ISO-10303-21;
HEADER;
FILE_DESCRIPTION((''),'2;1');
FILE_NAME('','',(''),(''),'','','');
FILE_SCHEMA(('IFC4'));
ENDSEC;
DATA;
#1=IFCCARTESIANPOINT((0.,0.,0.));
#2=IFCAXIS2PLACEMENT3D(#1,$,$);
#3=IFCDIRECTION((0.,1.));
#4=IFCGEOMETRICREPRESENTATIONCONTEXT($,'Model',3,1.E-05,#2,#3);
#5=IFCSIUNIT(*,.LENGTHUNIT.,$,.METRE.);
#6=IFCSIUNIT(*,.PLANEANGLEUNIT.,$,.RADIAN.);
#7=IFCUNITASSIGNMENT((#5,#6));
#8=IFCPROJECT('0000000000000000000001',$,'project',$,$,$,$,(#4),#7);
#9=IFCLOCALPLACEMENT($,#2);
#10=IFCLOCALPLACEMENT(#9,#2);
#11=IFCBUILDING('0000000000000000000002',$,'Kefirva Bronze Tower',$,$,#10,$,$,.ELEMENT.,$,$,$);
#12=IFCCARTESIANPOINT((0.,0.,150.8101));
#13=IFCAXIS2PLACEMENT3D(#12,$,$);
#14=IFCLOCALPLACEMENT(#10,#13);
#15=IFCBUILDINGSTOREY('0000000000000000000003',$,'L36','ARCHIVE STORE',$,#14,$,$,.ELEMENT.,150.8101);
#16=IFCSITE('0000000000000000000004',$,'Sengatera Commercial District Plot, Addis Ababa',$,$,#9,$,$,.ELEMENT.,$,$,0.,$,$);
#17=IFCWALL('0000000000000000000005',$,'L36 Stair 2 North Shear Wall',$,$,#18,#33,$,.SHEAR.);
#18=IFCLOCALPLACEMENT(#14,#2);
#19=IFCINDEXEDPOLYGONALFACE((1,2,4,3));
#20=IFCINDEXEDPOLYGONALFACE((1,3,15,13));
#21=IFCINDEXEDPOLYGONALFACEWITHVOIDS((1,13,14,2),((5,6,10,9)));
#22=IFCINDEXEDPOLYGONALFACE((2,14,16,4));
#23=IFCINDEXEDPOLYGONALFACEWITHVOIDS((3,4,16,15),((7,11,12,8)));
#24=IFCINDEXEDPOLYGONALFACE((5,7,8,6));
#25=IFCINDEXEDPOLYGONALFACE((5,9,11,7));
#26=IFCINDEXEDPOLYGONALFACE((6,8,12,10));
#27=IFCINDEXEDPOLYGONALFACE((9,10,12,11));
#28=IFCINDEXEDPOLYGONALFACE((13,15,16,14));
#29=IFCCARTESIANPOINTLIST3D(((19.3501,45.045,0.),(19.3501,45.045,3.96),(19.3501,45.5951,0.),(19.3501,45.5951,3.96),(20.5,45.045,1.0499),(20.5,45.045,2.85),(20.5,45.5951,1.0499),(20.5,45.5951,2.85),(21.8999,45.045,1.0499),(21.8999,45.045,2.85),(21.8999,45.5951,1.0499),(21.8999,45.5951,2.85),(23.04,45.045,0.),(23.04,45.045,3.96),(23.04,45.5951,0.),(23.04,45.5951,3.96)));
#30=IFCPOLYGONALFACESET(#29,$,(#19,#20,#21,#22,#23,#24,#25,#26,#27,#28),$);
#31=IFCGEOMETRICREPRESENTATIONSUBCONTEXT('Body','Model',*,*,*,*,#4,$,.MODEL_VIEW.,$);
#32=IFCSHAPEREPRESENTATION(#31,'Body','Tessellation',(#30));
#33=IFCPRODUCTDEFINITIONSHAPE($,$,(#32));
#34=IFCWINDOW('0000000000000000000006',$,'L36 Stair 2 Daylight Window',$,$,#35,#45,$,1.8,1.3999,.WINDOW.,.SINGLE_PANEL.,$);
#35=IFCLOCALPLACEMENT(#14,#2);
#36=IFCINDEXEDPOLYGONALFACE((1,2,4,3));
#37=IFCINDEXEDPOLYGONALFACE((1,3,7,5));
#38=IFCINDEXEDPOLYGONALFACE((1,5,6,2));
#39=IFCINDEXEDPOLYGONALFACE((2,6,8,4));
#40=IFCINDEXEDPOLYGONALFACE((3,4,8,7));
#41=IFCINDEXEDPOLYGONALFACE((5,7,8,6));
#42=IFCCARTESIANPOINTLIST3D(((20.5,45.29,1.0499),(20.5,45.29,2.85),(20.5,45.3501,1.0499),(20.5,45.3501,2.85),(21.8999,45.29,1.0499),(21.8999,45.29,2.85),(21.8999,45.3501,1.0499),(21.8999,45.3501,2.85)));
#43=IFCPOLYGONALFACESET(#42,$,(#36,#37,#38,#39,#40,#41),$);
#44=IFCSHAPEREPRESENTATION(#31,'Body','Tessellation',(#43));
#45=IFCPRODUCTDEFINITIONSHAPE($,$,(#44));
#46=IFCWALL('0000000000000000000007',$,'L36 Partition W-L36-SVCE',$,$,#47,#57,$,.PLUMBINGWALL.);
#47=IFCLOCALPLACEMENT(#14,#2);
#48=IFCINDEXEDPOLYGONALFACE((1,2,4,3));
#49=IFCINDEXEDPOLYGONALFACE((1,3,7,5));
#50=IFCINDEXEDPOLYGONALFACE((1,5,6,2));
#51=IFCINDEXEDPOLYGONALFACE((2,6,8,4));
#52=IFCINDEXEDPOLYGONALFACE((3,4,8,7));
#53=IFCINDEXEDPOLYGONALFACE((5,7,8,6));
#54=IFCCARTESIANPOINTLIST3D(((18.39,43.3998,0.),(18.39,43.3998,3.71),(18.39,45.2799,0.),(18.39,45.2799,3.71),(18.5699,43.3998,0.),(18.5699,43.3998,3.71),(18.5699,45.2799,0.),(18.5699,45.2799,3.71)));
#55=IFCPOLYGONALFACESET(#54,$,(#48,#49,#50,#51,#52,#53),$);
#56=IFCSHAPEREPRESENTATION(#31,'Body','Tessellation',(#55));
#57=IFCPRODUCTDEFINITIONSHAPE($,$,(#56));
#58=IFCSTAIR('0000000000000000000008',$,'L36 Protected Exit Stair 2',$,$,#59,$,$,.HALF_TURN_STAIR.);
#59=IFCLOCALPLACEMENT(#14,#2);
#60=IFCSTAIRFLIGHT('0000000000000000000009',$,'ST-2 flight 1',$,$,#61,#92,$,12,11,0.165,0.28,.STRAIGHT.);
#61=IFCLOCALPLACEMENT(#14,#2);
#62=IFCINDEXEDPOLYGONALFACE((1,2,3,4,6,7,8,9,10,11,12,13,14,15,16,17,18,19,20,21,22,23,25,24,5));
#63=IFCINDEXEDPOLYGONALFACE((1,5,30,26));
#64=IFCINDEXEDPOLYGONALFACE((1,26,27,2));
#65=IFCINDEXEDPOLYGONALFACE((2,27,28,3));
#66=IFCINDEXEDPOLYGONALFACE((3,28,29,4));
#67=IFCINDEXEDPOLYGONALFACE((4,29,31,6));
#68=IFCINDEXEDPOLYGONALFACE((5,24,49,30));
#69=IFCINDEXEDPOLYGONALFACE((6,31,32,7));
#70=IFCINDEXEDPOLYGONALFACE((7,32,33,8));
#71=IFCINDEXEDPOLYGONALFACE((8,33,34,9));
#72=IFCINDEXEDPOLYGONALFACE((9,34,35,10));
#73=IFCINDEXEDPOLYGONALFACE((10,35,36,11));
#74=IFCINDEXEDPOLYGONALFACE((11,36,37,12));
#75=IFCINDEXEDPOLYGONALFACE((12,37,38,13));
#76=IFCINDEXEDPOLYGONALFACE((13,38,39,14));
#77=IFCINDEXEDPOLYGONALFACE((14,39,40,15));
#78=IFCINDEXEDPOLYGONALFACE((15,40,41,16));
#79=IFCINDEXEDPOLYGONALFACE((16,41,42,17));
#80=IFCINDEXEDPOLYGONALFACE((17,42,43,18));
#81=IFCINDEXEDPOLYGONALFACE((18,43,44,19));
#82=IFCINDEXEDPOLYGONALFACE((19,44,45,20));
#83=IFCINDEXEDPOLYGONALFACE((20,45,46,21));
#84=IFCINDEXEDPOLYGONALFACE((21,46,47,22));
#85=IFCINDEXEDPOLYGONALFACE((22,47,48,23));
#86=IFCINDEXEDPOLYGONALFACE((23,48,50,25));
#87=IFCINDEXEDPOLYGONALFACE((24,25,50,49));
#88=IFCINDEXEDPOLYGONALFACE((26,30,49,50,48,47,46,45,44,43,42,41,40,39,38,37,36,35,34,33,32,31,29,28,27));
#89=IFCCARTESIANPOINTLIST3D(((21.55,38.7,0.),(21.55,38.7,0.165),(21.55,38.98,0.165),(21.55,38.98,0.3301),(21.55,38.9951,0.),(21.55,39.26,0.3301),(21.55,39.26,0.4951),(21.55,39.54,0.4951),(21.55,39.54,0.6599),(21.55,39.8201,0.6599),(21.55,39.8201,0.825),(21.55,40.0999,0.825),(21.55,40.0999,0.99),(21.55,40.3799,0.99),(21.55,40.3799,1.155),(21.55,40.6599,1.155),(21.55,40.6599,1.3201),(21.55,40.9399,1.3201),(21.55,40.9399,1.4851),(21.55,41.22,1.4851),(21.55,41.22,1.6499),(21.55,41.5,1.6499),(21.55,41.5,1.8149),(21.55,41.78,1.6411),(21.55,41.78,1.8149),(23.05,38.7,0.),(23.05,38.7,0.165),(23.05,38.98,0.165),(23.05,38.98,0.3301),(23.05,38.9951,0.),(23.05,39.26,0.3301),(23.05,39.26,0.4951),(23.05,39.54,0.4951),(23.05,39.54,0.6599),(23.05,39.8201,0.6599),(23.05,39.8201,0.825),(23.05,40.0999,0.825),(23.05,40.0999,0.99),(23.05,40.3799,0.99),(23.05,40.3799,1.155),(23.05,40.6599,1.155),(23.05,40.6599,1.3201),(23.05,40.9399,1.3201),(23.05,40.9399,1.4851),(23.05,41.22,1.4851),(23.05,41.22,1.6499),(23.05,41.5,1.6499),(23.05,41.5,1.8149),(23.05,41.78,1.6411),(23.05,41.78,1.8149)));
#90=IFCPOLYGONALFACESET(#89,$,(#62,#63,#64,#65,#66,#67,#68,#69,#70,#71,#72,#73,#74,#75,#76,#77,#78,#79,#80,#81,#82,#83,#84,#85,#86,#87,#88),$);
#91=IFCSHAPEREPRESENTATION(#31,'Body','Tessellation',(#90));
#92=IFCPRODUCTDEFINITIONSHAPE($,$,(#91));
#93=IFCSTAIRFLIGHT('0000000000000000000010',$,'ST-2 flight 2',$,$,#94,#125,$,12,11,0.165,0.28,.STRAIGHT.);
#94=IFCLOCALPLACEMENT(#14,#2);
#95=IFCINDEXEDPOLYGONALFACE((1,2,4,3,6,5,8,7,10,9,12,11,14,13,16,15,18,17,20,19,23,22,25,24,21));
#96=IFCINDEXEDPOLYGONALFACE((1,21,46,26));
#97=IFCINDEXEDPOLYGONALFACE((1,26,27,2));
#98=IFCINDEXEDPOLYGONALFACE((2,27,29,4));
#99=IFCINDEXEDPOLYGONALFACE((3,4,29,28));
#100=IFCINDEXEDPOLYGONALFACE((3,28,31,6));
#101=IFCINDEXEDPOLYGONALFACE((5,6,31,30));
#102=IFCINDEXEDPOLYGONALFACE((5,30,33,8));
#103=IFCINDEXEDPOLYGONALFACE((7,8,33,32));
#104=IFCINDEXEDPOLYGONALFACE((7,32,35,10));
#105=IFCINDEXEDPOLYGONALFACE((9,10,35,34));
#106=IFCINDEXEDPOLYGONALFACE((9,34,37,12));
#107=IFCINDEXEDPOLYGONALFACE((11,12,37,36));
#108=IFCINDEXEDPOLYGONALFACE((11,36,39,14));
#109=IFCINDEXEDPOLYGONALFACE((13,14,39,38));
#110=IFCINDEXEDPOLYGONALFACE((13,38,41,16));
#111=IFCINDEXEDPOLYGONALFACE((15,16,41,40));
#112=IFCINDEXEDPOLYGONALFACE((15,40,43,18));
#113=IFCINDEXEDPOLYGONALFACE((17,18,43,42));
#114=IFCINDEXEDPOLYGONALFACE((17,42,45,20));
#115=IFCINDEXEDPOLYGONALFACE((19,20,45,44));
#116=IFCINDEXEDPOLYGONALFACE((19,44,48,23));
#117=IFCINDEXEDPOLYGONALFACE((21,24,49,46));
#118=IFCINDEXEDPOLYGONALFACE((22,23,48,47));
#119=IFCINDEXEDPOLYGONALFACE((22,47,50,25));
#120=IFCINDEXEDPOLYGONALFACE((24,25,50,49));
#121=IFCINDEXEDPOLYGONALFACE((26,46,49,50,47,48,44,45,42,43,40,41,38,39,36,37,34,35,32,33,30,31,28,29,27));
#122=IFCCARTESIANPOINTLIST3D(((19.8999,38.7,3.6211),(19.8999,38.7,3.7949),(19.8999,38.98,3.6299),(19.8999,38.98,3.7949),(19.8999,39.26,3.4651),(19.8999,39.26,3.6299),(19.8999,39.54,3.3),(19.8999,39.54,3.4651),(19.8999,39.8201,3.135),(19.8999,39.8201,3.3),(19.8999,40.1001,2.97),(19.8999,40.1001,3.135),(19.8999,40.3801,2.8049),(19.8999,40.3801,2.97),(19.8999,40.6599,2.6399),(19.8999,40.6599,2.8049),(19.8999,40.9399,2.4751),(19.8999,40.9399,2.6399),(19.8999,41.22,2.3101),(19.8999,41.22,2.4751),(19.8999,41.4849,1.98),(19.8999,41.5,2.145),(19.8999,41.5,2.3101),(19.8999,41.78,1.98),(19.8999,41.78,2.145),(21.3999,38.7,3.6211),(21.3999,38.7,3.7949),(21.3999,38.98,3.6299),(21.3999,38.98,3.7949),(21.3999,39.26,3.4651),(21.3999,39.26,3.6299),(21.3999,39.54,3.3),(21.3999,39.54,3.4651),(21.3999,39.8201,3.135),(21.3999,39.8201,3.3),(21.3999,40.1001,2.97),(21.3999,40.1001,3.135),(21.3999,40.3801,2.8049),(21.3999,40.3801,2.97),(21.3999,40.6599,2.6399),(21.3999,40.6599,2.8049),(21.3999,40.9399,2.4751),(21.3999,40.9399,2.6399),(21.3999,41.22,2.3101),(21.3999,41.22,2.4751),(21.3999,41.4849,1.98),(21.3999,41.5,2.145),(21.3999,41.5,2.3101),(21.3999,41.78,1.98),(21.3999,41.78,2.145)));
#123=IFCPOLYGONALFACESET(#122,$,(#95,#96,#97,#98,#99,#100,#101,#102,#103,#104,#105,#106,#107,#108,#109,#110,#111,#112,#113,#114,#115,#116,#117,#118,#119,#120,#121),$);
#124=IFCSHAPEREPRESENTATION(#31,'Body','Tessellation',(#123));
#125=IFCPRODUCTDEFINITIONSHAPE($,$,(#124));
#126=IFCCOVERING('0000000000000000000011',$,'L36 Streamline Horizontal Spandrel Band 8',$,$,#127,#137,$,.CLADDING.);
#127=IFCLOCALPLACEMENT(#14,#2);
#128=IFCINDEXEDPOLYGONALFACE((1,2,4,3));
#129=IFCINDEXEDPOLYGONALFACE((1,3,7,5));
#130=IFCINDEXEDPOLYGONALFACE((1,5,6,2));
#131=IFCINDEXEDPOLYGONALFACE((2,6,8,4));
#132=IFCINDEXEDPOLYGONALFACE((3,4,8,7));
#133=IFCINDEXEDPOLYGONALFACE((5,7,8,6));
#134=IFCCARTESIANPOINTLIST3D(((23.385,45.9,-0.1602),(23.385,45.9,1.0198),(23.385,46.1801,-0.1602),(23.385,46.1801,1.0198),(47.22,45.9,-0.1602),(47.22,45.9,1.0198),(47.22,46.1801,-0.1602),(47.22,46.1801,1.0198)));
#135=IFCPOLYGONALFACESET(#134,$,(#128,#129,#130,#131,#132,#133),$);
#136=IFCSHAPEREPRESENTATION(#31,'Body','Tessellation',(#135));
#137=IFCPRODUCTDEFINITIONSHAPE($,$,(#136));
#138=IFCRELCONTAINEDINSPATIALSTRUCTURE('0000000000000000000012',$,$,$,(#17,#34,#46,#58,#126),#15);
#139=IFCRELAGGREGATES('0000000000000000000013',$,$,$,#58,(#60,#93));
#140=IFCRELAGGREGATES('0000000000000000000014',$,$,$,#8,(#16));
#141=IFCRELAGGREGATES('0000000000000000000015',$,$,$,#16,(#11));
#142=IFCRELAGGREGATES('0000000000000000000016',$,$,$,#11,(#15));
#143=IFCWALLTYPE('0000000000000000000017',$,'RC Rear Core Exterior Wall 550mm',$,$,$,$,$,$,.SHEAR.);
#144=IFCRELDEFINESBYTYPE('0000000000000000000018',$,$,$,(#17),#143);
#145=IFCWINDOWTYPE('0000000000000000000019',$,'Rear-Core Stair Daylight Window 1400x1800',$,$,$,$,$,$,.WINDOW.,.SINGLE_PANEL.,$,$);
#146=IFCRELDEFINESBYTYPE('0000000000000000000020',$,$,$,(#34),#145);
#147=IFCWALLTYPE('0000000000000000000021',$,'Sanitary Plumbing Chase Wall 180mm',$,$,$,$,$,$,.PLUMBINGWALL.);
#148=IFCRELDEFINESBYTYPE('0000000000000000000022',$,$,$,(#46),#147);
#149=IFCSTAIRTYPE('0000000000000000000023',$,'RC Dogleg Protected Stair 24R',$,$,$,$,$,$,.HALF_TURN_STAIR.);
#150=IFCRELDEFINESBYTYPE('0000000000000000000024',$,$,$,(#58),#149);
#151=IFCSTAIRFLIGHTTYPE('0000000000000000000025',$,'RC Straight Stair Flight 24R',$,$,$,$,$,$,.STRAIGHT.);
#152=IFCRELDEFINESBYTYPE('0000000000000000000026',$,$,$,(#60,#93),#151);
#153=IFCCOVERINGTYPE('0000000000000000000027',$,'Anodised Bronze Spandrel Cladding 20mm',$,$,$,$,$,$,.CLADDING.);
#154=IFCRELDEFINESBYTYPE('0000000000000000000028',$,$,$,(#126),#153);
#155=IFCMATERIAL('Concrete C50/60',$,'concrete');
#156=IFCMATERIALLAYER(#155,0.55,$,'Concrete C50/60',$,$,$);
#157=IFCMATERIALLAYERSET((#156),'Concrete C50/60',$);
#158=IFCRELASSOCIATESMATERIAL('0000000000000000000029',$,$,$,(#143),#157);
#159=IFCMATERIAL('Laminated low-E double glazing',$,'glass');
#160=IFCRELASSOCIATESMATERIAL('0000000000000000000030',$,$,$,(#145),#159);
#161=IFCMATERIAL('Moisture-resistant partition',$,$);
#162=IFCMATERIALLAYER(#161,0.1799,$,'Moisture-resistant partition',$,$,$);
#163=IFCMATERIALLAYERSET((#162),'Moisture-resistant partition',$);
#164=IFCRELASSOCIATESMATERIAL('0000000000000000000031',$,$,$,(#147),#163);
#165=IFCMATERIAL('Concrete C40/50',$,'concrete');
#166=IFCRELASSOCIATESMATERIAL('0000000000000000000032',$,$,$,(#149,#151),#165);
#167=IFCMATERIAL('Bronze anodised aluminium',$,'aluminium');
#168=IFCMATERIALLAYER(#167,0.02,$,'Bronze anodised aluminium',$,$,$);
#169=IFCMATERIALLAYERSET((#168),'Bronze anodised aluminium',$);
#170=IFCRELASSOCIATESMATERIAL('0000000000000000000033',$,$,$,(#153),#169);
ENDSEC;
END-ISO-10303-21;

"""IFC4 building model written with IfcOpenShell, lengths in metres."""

from ifc_helpers import new_model, si_unit, direction, frame, frame_2d, origin, origin_2d, place, context, subcontext, project, spatial, polyline, rectangle, outline, extrude, material, layer, layer_set, type_object, element, fill, aggregate, save


model = new_model("IFC4")

# Units and contexts
model_context = context("Model", 3, precision=1e-05, world=origin(), true_north=direction((0.0, 1.0)))
body_context = subcontext(model_context, "Body", "Model", "MODEL_VIEW")
ifc_project = project(units=[si_unit("LENGTHUNIT", "METRE"), si_unit("PLANEANGLEUNIT", "RADIAN")], contexts=[model_context])

# Site, building, storey
site_placement = place(None, origin())
site = spatial("IfcSite", under=ifc_project, at=site_placement, Name="Sengatera Commercial District Plot, Addis Ababa", CompositionType="ELEMENT", RefElevation=0.0)
building_placement = place(site_placement, origin())
building = spatial("IfcBuilding", under=site, at=building_placement, Name="Kefirva Bronze Tower", CompositionType="ELEMENT")
storey_placement = place(building_placement, frame((0.0, 0.0, 150.8101)))
storey = spatial("IfcBuildingStorey", under=building, at=storey_placement, Name="L36", Description="ARCHIVE STORE", CompositionType="ELEMENT", Elevation=150.8101)

# Shared definitions
ifc_material_1 = material(Name="Bronze anodised aluminium", Category="aluminium")

# Shared definitions
ifc_material_2 = material(Name="Concrete C50/60", Category="concrete")

# Shared definitions
ifc_material_3 = material(Name="Laminated low-E double glazing", Category="glass")

# Wall, opening, window
ifc_layer_1 = layer(ifc_material_2, 0.55, Name="Concrete C50/60")
ifc_layer_set_1 = layer_set([ifc_layer_1], Name="Concrete C50/60")
wall_type_1 = type_object("IfcWallType", Name="RC Rear Core Exterior Wall 550mm", PredefinedType="SHEAR", material=ifc_layer_set_1)
wall_1_placement = place(storey_placement, frame((19.3501, 45.3201, 0.0), z_axis=(0.0, 0.0, 1.0), x_axis=(1.0, 0.0, 0.0)))
wall_1 = element("IfcWall", 1, at=wall_1_placement, inside=storey, type_object=wall_type_1, Name="L36 Stair 2 North Shear Wall", PredefinedType="SHEAR", context=body_context, shape_type="SweptSolid", body=[
    extrude(rectangle(XDim=3.6899, YDim=0.55, at=frame_2d((1.845, 0.0))), origin(), (0.0, 0.0, 1.0), 3.96),
])
opening_placement = place(wall_1_placement, frame((1.1499, 0.0, 1.05)))
opening = element("IfcOpeningElement", 2, at=opening_placement, cuts=wall_1, PredefinedType="OPENING", context=body_context, shape_type="SweptSolid", body=[
    extrude(rectangle(XDim=1.3999, YDim=1.8, at=frame_2d((0.7, 0.8999))), frame((0.0, 0.2852, 0.0), z_axis=(0.0, -1.0, 0.0), x_axis=(1.0, 0.0, 0.0)), (0.0, 0.0, 1.0), 0.5701),
])
window_type = type_object("IfcWindowType", Name="Rear-Core Stair Daylight Window 1400x1800", PartitioningType="SINGLE_PANEL", PredefinedType="WINDOW", material=ifc_material_3)
window_placement = place(opening_placement, origin())
window = element("IfcWindow", 3, at=window_placement, inside=storey, type_object=window_type, Name="L36 Stair 2 Daylight Window", OverallHeight=1.8, OverallWidth=1.3999, PartitioningType="SINGLE_PANEL", PredefinedType="WINDOW", context=body_context, shape_type="SweptSolid", body=[
    extrude(rectangle(XDim=1.3999, YDim=1.8, at=frame_2d((0.7, 0.8999))), frame((0.0, 0.03, 0.0), z_axis=(0.0, -1.0, 0.0), x_axis=(1.0, 0.0, 0.0)), (0.0, 0.0, 1.0), 0.0601),
])
fill(opening, window)

# Wall
ifc_material_4 = material(Name="Moisture-resistant partition")
ifc_layer_2 = layer(ifc_material_4, 0.1799, Name="Moisture-resistant partition")
ifc_layer_set_2 = layer_set([ifc_layer_2], Name="Moisture-resistant partition")
wall_type_2 = type_object("IfcWallType", Name="Sanitary Plumbing Chase Wall 180mm", PredefinedType="PLUMBINGWALL", material=ifc_layer_set_2)
wall_2_placement = place(storey_placement, frame((18.48, 43.3999, 0.0), z_axis=(0.0, 0.0, 1.0), x_axis=(0.0, 1.0, 0.0)))
element("IfcWall", 4, at=wall_2_placement, inside=storey, type_object=wall_type_2, Name="L36 Partition W-L36-SVCE", PredefinedType="PLUMBINGWALL", context=body_context, shape_type="SweptSolid", body=[
    extrude(rectangle(XDim=1.8801, YDim=0.1799, at=frame_2d((0.9399, 0.0))), origin(), (0.0, 0.0, 1.0), 3.71),
])

# Stair, stair flights
ifc_material_5 = material(Name="Concrete C40/50", Category="concrete")
stair_type = type_object("IfcStairType", Name="RC Dogleg Protected Stair 24R", PredefinedType="HALF_TURN_STAIR", material=ifc_material_5)
stair_placement = place(storey_placement, origin())
stair = element("IfcStair", 5, at=stair_placement, inside=storey, type_object=stair_type, Name="L36 Protected Exit Stair 2", PredefinedType="HALF_TURN_STAIR")
stair_flight_type = type_object("IfcStairFlightType", Name="RC Straight Stair Flight 24R", PredefinedType="STRAIGHT", material=ifc_material_5)
stair_flight_1_placement = place(storey_placement, frame((22.3, 38.7, 0.0), z_axis=(0.0, 0.0, 1.0), x_axis=(0.0, 1.0, 0.0)))
stair_flight_1 = element("IfcStairFlight", 6, at=stair_flight_1_placement, type_object=stair_flight_type, Name="ST-2 flight 1", NumberOfRisers=12, NumberOfTreads=11, PredefinedType="STRAIGHT", RiserHeight=0.165, TreadLength=0.28, context=body_context, shape_type="SweptSolid", body=[
    extrude(outline(polyline([(0.0, 0.0), (0.0, 0.165), (0.28, 0.165), (0.28, 0.3301), (0.5601, 0.3301), (0.5601, 0.4951), (0.8401, 0.4951), (0.8401, 0.6599), (1.1201, 0.6599), (1.1201, 0.825), (1.3999, 0.825), (1.3999, 0.99), (1.6799, 0.99), (1.6799, 1.155), (1.96, 1.155), (1.96, 1.3201), (2.24, 1.3201), (2.24, 1.4851), (2.52, 1.4851), (2.52, 1.6499), (2.8, 1.6499), (2.8, 1.8149), (3.0801, 1.8149), (3.0801, 1.98), (3.0801, 1.6411), (0.2952, 0.0), (0.0, 0.0)])), frame((0.0, 0.75, 0.0), z_axis=(0.0, -1.0, 0.0), x_axis=(1.0, 0.0, 0.0)), (0.0, 0.0, 1.0), 1.5),
])
stair_flight_2_placement = place(storey_placement, frame((20.6499, 41.78, 1.98), z_axis=(0.0, 0.0, 1.0), x_axis=(0.0, -1.0, 0.0)))
stair_flight_2 = element("IfcStairFlight", 7, at=stair_flight_2_placement, type_object=stair_flight_type, Name="ST-2 flight 2", NumberOfRisers=12, NumberOfTreads=11, PredefinedType="STRAIGHT", RiserHeight=0.165, TreadLength=0.28, context=body_context, shape_type="SweptSolid", body=[
    extrude(outline(polyline([(0.0, 0.0), (0.0, 0.165), (0.28, 0.165), (0.28, 0.3301), (0.5601, 0.3301), (0.5601, 0.4951), (0.8401, 0.4951), (0.8401, 0.6599), (1.1201, 0.6599), (1.1201, 0.825), (1.3999, 0.825), (1.3999, 0.99), (1.6799, 0.99), (1.6799, 1.155), (1.96, 1.155), (1.96, 1.3201), (2.24, 1.3201), (2.24, 1.4851), (2.52, 1.4851), (2.52, 1.6499), (2.8, 1.6499), (2.8, 1.8149), (3.0801, 1.8149), (3.0801, 1.98), (3.0801, 1.6411), (0.2952, 0.0), (0.0, 0.0)])), frame((0.0, 0.75, 0.0), z_axis=(0.0, -1.0, 0.0), x_axis=(1.0, 0.0, 0.0)), (0.0, 0.0, 1.0), 1.5),
])
aggregate(stair, [stair_flight_1, stair_flight_2])

# Covering
ifc_layer_3 = layer(ifc_material_1, 0.02, Name="Bronze anodised aluminium")
ifc_layer_set_3 = layer_set([ifc_layer_3], Name="Bronze anodised aluminium")
covering_type_1 = type_object("IfcCoveringType", Name="Anodised Bronze Spandrel Cladding 20mm", PredefinedType="CLADDING", material=ifc_layer_set_3)
covering_placement = place(storey_placement, frame((35.3025, 46.04, -0.1602), z_axis=(0.0, 0.0, 1.0), x_axis=(-1.0, 0.0, 0.0)))
element("IfcCovering", 8, at=covering_placement, inside=storey, type_object=covering_type_1, Name="L36 Streamline Horizontal Spandrel Band 8", PredefinedType="CLADDING", context=body_context, shape_type="SweptSolid", body=[
    extrude(rectangle(XDim=23.835, YDim=0.28, at=origin_2d()), origin(), (0.0, 0.0, 1.0), 1.1799),
])

save(model, "model.ifc")
